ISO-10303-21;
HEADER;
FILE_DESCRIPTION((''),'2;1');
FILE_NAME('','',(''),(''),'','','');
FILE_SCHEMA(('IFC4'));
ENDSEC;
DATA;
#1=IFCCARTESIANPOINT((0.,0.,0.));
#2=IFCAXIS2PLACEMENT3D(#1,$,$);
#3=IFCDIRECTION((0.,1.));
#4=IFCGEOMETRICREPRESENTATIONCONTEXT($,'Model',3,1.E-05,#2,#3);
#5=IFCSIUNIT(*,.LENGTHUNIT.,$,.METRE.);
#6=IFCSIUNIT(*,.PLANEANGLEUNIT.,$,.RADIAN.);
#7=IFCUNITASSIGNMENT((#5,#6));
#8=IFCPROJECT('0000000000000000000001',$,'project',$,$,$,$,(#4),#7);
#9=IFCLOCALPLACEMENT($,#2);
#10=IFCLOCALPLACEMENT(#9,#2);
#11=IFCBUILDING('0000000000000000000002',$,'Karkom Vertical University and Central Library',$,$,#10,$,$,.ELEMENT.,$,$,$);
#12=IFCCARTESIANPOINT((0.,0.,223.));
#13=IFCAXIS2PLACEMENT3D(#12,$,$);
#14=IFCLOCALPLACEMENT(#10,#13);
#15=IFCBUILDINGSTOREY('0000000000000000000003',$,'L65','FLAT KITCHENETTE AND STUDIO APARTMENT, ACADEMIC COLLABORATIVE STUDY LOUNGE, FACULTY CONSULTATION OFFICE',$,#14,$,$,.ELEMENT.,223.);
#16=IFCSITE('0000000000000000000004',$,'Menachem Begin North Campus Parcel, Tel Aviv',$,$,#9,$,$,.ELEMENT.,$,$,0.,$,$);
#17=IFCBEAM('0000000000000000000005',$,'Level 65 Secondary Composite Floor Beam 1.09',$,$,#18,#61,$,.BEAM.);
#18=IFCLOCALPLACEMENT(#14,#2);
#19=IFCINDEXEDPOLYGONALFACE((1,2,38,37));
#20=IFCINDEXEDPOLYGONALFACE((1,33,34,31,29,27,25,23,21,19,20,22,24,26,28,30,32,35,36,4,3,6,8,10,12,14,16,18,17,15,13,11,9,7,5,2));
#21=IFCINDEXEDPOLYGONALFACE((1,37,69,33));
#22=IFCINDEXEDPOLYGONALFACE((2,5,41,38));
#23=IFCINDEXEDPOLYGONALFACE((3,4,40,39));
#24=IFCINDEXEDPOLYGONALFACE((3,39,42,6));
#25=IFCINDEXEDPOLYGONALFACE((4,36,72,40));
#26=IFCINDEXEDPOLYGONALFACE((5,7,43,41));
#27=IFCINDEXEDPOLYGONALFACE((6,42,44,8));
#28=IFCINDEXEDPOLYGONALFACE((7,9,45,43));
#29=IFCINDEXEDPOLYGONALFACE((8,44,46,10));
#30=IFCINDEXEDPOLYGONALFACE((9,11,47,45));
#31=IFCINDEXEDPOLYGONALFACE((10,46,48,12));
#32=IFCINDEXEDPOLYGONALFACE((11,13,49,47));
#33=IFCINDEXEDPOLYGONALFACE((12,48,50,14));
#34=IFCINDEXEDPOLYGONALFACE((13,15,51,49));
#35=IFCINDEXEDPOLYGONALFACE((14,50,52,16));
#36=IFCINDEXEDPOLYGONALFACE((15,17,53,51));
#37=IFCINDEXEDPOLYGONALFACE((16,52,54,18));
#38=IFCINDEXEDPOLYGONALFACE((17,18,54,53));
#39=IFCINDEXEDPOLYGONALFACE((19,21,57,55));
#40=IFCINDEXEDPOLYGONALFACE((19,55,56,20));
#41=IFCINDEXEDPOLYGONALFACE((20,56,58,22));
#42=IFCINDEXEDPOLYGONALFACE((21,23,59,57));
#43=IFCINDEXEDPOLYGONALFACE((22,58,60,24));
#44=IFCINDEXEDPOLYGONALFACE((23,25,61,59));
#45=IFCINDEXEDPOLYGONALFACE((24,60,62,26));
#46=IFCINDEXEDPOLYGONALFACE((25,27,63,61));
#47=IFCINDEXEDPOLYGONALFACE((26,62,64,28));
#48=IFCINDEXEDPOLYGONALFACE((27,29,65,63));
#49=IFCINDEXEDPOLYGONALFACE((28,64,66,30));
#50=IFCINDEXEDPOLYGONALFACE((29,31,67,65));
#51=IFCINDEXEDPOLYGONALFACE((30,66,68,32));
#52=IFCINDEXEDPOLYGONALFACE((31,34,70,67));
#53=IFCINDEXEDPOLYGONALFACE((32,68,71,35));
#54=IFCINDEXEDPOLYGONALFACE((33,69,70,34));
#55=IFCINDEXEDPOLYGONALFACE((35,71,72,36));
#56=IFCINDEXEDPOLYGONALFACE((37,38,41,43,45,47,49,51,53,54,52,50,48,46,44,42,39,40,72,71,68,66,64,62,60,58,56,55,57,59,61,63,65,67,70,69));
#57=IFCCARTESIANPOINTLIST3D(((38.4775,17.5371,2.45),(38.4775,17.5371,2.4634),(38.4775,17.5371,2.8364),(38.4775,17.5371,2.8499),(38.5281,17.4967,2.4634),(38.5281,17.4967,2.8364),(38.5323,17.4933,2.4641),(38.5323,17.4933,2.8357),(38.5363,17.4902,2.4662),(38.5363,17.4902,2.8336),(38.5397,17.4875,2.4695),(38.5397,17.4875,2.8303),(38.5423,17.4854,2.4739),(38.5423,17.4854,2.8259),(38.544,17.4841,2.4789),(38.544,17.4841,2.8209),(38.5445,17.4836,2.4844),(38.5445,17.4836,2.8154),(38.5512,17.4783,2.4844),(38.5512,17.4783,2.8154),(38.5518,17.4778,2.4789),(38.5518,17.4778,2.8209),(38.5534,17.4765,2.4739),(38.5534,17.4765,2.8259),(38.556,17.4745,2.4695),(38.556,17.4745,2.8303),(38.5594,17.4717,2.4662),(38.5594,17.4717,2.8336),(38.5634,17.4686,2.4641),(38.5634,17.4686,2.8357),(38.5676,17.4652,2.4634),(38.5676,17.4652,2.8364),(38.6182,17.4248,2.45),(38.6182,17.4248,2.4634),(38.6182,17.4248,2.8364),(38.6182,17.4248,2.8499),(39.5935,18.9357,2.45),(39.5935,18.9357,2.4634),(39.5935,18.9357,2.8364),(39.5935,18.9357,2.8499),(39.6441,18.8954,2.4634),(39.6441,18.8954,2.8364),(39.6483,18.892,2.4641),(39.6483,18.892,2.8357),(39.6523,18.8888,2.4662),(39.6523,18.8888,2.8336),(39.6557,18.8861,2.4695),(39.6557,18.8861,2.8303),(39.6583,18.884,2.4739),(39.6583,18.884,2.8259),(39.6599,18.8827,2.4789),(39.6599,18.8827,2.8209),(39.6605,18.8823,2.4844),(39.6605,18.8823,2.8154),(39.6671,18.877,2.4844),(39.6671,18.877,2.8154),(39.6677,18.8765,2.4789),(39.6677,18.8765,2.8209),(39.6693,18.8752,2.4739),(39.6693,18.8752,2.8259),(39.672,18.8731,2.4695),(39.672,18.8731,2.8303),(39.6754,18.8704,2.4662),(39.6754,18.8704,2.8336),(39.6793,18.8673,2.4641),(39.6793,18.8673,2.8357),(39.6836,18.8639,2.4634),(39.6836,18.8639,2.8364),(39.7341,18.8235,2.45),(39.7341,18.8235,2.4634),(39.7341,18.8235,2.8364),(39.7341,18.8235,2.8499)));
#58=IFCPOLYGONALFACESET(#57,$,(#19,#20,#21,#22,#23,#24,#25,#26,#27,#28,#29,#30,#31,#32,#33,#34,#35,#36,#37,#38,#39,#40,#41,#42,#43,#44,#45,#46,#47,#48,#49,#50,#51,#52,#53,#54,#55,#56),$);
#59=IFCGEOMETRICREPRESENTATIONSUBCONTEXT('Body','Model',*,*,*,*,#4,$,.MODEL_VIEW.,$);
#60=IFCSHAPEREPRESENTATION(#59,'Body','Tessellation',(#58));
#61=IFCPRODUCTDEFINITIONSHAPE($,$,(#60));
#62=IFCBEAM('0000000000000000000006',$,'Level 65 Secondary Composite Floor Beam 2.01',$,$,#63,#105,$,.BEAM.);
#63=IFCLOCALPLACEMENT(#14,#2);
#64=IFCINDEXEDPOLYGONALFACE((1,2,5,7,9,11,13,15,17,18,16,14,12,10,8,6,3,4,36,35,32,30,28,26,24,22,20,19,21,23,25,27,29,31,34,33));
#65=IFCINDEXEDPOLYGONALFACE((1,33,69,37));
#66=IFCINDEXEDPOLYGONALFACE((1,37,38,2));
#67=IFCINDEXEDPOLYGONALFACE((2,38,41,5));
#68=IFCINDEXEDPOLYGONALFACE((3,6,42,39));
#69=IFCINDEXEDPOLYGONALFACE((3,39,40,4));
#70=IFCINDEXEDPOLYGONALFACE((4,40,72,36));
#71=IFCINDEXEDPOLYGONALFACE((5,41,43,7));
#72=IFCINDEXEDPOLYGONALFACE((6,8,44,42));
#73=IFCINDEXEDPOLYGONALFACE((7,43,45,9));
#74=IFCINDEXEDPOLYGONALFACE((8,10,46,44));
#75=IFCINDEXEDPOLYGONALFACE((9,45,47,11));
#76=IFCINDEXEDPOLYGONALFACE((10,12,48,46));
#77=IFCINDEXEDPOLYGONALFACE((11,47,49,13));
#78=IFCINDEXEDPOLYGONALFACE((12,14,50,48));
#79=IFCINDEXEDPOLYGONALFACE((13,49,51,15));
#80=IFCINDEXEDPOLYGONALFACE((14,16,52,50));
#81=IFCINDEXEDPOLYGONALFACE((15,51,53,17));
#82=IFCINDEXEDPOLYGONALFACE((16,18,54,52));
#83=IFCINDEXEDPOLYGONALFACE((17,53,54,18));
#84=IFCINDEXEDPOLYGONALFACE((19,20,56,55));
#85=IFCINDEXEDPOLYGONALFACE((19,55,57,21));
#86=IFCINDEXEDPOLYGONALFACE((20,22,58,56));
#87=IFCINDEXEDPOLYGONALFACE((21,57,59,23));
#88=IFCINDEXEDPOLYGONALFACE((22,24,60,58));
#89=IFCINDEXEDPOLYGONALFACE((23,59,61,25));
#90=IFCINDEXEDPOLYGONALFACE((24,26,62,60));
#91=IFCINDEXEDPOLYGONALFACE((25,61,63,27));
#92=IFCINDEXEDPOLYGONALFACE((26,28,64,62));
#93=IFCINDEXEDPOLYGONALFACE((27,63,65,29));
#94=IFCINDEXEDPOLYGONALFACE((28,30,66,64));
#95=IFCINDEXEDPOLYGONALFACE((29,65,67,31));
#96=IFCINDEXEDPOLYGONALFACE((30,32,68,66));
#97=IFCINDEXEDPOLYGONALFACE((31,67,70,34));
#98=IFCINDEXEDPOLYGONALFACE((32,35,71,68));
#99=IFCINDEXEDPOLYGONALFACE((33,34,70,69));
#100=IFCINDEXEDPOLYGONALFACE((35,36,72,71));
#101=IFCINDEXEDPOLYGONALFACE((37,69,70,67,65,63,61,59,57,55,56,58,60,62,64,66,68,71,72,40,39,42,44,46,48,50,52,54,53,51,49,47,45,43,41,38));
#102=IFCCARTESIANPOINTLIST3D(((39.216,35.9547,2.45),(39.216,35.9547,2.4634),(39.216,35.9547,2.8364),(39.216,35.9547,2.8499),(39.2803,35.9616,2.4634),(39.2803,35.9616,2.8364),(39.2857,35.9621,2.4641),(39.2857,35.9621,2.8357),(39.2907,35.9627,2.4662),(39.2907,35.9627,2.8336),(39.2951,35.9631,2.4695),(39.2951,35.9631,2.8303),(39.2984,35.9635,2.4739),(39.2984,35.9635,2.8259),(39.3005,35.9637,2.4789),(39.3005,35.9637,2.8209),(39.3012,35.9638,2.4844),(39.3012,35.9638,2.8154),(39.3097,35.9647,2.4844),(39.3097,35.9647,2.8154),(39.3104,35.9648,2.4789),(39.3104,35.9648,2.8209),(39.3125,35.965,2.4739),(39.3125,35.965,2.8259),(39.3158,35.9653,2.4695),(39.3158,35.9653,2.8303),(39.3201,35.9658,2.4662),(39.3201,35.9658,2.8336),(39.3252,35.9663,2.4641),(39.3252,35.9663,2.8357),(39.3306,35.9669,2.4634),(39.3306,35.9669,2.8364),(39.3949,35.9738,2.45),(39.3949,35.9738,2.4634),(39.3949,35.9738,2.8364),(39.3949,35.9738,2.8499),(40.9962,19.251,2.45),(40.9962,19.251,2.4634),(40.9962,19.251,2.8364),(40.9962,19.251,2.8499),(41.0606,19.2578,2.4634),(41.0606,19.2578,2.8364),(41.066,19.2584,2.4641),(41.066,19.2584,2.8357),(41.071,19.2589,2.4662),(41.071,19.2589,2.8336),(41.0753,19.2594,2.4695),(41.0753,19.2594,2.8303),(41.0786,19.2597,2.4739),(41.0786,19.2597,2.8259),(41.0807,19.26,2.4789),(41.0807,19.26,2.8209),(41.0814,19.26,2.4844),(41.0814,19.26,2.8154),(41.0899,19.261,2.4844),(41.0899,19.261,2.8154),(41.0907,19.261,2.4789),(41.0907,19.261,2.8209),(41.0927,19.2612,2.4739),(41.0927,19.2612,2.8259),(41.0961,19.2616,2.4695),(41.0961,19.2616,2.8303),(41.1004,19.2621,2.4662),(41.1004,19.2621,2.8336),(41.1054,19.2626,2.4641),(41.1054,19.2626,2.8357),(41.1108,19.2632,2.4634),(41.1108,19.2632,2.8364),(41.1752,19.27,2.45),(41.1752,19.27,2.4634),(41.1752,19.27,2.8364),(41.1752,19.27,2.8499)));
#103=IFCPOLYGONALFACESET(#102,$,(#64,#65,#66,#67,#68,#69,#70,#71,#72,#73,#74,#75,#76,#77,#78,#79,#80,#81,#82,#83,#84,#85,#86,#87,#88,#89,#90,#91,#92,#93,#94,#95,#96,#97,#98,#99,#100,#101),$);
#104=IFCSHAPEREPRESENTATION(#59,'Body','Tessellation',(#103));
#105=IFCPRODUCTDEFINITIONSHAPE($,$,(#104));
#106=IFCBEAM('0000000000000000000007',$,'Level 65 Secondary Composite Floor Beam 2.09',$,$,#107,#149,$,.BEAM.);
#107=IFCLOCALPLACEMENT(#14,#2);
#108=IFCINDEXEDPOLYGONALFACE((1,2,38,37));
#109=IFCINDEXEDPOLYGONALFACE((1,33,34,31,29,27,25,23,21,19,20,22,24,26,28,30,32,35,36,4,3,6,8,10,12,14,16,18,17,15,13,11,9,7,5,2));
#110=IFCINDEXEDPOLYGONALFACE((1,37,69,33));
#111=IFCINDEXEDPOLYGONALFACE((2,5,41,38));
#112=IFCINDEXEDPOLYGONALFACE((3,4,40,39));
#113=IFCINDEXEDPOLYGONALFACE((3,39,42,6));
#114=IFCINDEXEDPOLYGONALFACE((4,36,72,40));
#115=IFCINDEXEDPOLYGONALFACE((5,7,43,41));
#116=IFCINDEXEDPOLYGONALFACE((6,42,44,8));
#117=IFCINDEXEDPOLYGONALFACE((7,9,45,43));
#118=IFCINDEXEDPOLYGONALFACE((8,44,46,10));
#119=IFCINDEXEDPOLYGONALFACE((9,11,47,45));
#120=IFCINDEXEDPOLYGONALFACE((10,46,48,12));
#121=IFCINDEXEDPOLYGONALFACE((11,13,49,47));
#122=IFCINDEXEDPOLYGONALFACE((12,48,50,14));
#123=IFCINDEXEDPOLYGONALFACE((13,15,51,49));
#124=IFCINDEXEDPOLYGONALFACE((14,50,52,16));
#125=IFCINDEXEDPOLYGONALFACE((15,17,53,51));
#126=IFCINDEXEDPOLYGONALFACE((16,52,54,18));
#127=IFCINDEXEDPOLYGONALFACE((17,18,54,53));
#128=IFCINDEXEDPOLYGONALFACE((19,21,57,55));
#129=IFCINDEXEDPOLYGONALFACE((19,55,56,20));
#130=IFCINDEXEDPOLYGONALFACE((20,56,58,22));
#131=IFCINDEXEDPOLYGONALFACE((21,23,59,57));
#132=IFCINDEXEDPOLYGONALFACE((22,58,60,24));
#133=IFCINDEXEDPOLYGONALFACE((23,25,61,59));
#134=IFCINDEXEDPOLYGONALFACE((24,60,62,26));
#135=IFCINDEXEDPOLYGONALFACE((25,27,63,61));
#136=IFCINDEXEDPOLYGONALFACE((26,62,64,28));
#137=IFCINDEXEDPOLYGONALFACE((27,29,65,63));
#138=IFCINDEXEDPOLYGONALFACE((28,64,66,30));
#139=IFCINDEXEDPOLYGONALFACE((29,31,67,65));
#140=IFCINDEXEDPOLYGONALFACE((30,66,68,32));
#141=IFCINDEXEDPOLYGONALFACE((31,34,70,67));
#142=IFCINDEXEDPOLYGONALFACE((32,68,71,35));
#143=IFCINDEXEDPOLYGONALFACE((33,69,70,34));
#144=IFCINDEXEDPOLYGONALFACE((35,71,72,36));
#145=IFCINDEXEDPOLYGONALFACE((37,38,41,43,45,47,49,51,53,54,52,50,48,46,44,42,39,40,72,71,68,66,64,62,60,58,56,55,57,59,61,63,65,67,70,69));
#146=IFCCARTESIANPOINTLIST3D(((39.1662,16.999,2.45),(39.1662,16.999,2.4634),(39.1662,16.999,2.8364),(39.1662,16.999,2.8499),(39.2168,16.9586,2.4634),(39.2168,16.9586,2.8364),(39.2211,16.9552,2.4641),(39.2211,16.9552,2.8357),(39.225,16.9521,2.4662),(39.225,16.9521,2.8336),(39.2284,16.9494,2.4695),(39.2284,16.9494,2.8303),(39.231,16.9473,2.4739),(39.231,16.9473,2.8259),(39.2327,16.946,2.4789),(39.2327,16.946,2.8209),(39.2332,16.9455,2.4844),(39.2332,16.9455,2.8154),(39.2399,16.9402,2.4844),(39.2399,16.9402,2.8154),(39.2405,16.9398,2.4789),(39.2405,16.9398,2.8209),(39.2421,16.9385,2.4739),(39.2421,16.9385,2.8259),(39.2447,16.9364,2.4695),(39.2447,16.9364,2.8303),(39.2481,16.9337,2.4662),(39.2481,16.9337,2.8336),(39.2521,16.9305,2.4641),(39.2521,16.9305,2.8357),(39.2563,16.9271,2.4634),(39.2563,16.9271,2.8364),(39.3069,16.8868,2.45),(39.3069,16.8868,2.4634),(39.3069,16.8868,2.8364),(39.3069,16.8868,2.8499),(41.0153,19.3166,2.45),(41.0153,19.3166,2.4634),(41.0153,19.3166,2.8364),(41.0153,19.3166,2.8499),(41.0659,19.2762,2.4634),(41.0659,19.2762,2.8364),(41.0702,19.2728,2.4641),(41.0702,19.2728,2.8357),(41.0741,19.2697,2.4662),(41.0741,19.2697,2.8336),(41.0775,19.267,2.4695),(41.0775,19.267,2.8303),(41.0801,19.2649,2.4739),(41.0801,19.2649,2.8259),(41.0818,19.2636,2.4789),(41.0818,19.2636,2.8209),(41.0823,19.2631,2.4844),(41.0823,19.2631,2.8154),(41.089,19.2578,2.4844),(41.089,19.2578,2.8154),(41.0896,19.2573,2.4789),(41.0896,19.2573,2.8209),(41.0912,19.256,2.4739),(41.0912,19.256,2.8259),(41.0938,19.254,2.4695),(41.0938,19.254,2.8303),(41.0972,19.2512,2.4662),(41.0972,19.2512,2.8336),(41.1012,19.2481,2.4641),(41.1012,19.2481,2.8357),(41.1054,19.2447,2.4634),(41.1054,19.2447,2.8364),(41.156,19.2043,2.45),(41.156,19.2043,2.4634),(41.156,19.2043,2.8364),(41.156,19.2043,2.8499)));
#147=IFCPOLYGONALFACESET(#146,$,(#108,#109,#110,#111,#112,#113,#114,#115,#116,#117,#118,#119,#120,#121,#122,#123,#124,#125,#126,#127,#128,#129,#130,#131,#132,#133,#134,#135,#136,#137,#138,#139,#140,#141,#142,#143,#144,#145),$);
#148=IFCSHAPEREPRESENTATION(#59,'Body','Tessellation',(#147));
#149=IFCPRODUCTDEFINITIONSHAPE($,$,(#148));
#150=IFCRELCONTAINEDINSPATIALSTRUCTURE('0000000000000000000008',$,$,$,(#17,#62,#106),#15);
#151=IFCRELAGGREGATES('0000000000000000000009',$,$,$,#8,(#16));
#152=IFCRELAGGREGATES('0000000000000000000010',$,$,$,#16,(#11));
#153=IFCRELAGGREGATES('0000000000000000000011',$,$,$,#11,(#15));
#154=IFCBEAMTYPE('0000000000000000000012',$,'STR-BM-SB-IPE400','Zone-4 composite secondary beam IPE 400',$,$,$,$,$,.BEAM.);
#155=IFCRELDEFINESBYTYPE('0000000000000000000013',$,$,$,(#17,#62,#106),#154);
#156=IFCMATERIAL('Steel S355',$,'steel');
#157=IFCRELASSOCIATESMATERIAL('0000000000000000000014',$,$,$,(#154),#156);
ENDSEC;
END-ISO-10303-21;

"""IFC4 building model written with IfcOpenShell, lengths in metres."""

from ifc_helpers import new_model, si_unit, direction, frame, origin, origin_with_axes, origin_2d, place, context, subcontext, project, spatial, i_section, extrude, source, transform, mapped, material, material_profile, profile_set, type_object, element, save


model = new_model("IFC4")

# Units and contexts
model_context = context("Model", 3, precision=1e-05, world=origin(), true_north=direction((0.0, 1.0)))
body_context = subcontext(model_context, "Body", "Model", "MODEL_VIEW")
ifc_project = project(units=[si_unit("LENGTHUNIT", "METRE"), si_unit("PLANEANGLEUNIT", "RADIAN")], contexts=[model_context])

# Site, building, storey
site_placement = place(None, origin())
site = spatial("IfcSite", under=ifc_project, at=site_placement, Name="Menachem Begin North Campus Parcel, Tel Aviv", CompositionType="ELEMENT", RefElevation=0.0)
building_placement = place(site_placement, origin())
building = spatial("IfcBuilding", under=site, at=building_placement, Name="Karkom Vertical University and Central Library", CompositionType="ELEMENT")
storey_placement = place(building_placement, frame((0.0, 0.0, 223.0)))
storey = spatial("IfcBuildingStorey", under=building, at=storey_placement, Name="L65", Description="FLAT KITCHENETTE AND STUDIO APARTMENT, ACADEMIC COLLABORATIVE STUDY LOUNGE, FACULTY CONSULTATION OFFICE", CompositionType="ELEMENT", Elevation=223.0)

# Beams
ifc_material_1 = material(Name="Steel S355", Category="steel")
ifc_material_profile_1 = material_profile(ifc_material_1, i_section(OverallWidth=0.1799, OverallDepth=0.3999, WebThickness=0.0085, FlangeThickness=0.0134, FilletRadius=0.021, at=origin_2d()), Name="IPE 400")
ifc_profile_set_1 = profile_set([ifc_material_profile_1], Name="Steel S355")
beam_type_1 = type_object("IfcBeamType", Name="STR-BM-SB-IPE400", Description="Zone-4 composite secondary beam IPE 400", PredefinedType="BEAM", material=ifc_profile_set_1)
shared_shape_1 = source(origin_with_axes(), body_context, "Body", "SweptSolid", [
    extrude(i_section(OverallWidth=0.1799, OverallDepth=0.3999, WebThickness=0.0085, FlangeThickness=0.0134, FilletRadius=0.021, at=origin_2d()), origin(), (0.0, 0.0, 1.0), 1.7893),
])
beam_1_placement = place(storey_placement, frame((38.5479, 17.481, 2.6499), z_axis=(0.62368, 0.78168, 0.0), x_axis=(-0.78168, 0.62368, 0.0)))
element("IfcBeam", 1, at=beam_1_placement, inside=storey, type_object=beam_type_1, Name="Level 65 Secondary Composite Floor Beam 1.09", PredefinedType="BEAM", context=body_context, shape_type="MappedRepresentation", body=[
    mapped(shared_shape_1, transform((0.0, 0.0, 0.0), scale=1.0)),
])
shared_shape_2 = source(origin_with_axes(), body_context, "Body", "SweptSolid", [
    extrude(i_section(OverallWidth=0.1799, OverallDepth=0.3999, WebThickness=0.0085, FlangeThickness=0.0134, FilletRadius=0.021, at=origin_2d()), origin(), (0.0, 0.0, 1.0), 16.7983),
])
beam_2_placement = place(storey_placement, frame((41.0857, 19.2605, 2.6499), z_axis=(-0.105978, 0.994368, 0.0), x_axis=(-0.994368, -0.105978, 0.0)))
element("IfcBeam", 2, at=beam_2_placement, inside=storey, type_object=beam_type_1, Name="Level 65 Secondary Composite Floor Beam 2.01", PredefinedType="BEAM", context=body_context, shape_type="MappedRepresentation", body=[
    mapped(shared_shape_2, transform((0.0, 0.0, 0.0), scale=1.0)),
])
shared_shape_3 = source(origin_with_axes(), body_context, "Body", "SweptSolid", [
    extrude(i_section(OverallWidth=0.1799, OverallDepth=0.3999, WebThickness=0.0085, FlangeThickness=0.0134, FilletRadius=0.021, at=origin_2d()), origin(), (0.0, 0.0, 1.0), 2.9648),
])
beam_3_placement = place(storey_placement, frame((39.2366, 16.9429, 2.6499), z_axis=(0.62367, 0.781688, 0.0), x_axis=(-0.781688, 0.62367, 0.0)))
element("IfcBeam", 3, at=beam_3_placement, inside=storey, type_object=beam_type_1, Name="Level 65 Secondary Composite Floor Beam 2.09", PredefinedType="BEAM", context=body_context, shape_type="MappedRepresentation", body=[
    mapped(shared_shape_3, transform((0.0, 0.0, 0.0), scale=1.0)),
])

save(model, "model.ifc")
